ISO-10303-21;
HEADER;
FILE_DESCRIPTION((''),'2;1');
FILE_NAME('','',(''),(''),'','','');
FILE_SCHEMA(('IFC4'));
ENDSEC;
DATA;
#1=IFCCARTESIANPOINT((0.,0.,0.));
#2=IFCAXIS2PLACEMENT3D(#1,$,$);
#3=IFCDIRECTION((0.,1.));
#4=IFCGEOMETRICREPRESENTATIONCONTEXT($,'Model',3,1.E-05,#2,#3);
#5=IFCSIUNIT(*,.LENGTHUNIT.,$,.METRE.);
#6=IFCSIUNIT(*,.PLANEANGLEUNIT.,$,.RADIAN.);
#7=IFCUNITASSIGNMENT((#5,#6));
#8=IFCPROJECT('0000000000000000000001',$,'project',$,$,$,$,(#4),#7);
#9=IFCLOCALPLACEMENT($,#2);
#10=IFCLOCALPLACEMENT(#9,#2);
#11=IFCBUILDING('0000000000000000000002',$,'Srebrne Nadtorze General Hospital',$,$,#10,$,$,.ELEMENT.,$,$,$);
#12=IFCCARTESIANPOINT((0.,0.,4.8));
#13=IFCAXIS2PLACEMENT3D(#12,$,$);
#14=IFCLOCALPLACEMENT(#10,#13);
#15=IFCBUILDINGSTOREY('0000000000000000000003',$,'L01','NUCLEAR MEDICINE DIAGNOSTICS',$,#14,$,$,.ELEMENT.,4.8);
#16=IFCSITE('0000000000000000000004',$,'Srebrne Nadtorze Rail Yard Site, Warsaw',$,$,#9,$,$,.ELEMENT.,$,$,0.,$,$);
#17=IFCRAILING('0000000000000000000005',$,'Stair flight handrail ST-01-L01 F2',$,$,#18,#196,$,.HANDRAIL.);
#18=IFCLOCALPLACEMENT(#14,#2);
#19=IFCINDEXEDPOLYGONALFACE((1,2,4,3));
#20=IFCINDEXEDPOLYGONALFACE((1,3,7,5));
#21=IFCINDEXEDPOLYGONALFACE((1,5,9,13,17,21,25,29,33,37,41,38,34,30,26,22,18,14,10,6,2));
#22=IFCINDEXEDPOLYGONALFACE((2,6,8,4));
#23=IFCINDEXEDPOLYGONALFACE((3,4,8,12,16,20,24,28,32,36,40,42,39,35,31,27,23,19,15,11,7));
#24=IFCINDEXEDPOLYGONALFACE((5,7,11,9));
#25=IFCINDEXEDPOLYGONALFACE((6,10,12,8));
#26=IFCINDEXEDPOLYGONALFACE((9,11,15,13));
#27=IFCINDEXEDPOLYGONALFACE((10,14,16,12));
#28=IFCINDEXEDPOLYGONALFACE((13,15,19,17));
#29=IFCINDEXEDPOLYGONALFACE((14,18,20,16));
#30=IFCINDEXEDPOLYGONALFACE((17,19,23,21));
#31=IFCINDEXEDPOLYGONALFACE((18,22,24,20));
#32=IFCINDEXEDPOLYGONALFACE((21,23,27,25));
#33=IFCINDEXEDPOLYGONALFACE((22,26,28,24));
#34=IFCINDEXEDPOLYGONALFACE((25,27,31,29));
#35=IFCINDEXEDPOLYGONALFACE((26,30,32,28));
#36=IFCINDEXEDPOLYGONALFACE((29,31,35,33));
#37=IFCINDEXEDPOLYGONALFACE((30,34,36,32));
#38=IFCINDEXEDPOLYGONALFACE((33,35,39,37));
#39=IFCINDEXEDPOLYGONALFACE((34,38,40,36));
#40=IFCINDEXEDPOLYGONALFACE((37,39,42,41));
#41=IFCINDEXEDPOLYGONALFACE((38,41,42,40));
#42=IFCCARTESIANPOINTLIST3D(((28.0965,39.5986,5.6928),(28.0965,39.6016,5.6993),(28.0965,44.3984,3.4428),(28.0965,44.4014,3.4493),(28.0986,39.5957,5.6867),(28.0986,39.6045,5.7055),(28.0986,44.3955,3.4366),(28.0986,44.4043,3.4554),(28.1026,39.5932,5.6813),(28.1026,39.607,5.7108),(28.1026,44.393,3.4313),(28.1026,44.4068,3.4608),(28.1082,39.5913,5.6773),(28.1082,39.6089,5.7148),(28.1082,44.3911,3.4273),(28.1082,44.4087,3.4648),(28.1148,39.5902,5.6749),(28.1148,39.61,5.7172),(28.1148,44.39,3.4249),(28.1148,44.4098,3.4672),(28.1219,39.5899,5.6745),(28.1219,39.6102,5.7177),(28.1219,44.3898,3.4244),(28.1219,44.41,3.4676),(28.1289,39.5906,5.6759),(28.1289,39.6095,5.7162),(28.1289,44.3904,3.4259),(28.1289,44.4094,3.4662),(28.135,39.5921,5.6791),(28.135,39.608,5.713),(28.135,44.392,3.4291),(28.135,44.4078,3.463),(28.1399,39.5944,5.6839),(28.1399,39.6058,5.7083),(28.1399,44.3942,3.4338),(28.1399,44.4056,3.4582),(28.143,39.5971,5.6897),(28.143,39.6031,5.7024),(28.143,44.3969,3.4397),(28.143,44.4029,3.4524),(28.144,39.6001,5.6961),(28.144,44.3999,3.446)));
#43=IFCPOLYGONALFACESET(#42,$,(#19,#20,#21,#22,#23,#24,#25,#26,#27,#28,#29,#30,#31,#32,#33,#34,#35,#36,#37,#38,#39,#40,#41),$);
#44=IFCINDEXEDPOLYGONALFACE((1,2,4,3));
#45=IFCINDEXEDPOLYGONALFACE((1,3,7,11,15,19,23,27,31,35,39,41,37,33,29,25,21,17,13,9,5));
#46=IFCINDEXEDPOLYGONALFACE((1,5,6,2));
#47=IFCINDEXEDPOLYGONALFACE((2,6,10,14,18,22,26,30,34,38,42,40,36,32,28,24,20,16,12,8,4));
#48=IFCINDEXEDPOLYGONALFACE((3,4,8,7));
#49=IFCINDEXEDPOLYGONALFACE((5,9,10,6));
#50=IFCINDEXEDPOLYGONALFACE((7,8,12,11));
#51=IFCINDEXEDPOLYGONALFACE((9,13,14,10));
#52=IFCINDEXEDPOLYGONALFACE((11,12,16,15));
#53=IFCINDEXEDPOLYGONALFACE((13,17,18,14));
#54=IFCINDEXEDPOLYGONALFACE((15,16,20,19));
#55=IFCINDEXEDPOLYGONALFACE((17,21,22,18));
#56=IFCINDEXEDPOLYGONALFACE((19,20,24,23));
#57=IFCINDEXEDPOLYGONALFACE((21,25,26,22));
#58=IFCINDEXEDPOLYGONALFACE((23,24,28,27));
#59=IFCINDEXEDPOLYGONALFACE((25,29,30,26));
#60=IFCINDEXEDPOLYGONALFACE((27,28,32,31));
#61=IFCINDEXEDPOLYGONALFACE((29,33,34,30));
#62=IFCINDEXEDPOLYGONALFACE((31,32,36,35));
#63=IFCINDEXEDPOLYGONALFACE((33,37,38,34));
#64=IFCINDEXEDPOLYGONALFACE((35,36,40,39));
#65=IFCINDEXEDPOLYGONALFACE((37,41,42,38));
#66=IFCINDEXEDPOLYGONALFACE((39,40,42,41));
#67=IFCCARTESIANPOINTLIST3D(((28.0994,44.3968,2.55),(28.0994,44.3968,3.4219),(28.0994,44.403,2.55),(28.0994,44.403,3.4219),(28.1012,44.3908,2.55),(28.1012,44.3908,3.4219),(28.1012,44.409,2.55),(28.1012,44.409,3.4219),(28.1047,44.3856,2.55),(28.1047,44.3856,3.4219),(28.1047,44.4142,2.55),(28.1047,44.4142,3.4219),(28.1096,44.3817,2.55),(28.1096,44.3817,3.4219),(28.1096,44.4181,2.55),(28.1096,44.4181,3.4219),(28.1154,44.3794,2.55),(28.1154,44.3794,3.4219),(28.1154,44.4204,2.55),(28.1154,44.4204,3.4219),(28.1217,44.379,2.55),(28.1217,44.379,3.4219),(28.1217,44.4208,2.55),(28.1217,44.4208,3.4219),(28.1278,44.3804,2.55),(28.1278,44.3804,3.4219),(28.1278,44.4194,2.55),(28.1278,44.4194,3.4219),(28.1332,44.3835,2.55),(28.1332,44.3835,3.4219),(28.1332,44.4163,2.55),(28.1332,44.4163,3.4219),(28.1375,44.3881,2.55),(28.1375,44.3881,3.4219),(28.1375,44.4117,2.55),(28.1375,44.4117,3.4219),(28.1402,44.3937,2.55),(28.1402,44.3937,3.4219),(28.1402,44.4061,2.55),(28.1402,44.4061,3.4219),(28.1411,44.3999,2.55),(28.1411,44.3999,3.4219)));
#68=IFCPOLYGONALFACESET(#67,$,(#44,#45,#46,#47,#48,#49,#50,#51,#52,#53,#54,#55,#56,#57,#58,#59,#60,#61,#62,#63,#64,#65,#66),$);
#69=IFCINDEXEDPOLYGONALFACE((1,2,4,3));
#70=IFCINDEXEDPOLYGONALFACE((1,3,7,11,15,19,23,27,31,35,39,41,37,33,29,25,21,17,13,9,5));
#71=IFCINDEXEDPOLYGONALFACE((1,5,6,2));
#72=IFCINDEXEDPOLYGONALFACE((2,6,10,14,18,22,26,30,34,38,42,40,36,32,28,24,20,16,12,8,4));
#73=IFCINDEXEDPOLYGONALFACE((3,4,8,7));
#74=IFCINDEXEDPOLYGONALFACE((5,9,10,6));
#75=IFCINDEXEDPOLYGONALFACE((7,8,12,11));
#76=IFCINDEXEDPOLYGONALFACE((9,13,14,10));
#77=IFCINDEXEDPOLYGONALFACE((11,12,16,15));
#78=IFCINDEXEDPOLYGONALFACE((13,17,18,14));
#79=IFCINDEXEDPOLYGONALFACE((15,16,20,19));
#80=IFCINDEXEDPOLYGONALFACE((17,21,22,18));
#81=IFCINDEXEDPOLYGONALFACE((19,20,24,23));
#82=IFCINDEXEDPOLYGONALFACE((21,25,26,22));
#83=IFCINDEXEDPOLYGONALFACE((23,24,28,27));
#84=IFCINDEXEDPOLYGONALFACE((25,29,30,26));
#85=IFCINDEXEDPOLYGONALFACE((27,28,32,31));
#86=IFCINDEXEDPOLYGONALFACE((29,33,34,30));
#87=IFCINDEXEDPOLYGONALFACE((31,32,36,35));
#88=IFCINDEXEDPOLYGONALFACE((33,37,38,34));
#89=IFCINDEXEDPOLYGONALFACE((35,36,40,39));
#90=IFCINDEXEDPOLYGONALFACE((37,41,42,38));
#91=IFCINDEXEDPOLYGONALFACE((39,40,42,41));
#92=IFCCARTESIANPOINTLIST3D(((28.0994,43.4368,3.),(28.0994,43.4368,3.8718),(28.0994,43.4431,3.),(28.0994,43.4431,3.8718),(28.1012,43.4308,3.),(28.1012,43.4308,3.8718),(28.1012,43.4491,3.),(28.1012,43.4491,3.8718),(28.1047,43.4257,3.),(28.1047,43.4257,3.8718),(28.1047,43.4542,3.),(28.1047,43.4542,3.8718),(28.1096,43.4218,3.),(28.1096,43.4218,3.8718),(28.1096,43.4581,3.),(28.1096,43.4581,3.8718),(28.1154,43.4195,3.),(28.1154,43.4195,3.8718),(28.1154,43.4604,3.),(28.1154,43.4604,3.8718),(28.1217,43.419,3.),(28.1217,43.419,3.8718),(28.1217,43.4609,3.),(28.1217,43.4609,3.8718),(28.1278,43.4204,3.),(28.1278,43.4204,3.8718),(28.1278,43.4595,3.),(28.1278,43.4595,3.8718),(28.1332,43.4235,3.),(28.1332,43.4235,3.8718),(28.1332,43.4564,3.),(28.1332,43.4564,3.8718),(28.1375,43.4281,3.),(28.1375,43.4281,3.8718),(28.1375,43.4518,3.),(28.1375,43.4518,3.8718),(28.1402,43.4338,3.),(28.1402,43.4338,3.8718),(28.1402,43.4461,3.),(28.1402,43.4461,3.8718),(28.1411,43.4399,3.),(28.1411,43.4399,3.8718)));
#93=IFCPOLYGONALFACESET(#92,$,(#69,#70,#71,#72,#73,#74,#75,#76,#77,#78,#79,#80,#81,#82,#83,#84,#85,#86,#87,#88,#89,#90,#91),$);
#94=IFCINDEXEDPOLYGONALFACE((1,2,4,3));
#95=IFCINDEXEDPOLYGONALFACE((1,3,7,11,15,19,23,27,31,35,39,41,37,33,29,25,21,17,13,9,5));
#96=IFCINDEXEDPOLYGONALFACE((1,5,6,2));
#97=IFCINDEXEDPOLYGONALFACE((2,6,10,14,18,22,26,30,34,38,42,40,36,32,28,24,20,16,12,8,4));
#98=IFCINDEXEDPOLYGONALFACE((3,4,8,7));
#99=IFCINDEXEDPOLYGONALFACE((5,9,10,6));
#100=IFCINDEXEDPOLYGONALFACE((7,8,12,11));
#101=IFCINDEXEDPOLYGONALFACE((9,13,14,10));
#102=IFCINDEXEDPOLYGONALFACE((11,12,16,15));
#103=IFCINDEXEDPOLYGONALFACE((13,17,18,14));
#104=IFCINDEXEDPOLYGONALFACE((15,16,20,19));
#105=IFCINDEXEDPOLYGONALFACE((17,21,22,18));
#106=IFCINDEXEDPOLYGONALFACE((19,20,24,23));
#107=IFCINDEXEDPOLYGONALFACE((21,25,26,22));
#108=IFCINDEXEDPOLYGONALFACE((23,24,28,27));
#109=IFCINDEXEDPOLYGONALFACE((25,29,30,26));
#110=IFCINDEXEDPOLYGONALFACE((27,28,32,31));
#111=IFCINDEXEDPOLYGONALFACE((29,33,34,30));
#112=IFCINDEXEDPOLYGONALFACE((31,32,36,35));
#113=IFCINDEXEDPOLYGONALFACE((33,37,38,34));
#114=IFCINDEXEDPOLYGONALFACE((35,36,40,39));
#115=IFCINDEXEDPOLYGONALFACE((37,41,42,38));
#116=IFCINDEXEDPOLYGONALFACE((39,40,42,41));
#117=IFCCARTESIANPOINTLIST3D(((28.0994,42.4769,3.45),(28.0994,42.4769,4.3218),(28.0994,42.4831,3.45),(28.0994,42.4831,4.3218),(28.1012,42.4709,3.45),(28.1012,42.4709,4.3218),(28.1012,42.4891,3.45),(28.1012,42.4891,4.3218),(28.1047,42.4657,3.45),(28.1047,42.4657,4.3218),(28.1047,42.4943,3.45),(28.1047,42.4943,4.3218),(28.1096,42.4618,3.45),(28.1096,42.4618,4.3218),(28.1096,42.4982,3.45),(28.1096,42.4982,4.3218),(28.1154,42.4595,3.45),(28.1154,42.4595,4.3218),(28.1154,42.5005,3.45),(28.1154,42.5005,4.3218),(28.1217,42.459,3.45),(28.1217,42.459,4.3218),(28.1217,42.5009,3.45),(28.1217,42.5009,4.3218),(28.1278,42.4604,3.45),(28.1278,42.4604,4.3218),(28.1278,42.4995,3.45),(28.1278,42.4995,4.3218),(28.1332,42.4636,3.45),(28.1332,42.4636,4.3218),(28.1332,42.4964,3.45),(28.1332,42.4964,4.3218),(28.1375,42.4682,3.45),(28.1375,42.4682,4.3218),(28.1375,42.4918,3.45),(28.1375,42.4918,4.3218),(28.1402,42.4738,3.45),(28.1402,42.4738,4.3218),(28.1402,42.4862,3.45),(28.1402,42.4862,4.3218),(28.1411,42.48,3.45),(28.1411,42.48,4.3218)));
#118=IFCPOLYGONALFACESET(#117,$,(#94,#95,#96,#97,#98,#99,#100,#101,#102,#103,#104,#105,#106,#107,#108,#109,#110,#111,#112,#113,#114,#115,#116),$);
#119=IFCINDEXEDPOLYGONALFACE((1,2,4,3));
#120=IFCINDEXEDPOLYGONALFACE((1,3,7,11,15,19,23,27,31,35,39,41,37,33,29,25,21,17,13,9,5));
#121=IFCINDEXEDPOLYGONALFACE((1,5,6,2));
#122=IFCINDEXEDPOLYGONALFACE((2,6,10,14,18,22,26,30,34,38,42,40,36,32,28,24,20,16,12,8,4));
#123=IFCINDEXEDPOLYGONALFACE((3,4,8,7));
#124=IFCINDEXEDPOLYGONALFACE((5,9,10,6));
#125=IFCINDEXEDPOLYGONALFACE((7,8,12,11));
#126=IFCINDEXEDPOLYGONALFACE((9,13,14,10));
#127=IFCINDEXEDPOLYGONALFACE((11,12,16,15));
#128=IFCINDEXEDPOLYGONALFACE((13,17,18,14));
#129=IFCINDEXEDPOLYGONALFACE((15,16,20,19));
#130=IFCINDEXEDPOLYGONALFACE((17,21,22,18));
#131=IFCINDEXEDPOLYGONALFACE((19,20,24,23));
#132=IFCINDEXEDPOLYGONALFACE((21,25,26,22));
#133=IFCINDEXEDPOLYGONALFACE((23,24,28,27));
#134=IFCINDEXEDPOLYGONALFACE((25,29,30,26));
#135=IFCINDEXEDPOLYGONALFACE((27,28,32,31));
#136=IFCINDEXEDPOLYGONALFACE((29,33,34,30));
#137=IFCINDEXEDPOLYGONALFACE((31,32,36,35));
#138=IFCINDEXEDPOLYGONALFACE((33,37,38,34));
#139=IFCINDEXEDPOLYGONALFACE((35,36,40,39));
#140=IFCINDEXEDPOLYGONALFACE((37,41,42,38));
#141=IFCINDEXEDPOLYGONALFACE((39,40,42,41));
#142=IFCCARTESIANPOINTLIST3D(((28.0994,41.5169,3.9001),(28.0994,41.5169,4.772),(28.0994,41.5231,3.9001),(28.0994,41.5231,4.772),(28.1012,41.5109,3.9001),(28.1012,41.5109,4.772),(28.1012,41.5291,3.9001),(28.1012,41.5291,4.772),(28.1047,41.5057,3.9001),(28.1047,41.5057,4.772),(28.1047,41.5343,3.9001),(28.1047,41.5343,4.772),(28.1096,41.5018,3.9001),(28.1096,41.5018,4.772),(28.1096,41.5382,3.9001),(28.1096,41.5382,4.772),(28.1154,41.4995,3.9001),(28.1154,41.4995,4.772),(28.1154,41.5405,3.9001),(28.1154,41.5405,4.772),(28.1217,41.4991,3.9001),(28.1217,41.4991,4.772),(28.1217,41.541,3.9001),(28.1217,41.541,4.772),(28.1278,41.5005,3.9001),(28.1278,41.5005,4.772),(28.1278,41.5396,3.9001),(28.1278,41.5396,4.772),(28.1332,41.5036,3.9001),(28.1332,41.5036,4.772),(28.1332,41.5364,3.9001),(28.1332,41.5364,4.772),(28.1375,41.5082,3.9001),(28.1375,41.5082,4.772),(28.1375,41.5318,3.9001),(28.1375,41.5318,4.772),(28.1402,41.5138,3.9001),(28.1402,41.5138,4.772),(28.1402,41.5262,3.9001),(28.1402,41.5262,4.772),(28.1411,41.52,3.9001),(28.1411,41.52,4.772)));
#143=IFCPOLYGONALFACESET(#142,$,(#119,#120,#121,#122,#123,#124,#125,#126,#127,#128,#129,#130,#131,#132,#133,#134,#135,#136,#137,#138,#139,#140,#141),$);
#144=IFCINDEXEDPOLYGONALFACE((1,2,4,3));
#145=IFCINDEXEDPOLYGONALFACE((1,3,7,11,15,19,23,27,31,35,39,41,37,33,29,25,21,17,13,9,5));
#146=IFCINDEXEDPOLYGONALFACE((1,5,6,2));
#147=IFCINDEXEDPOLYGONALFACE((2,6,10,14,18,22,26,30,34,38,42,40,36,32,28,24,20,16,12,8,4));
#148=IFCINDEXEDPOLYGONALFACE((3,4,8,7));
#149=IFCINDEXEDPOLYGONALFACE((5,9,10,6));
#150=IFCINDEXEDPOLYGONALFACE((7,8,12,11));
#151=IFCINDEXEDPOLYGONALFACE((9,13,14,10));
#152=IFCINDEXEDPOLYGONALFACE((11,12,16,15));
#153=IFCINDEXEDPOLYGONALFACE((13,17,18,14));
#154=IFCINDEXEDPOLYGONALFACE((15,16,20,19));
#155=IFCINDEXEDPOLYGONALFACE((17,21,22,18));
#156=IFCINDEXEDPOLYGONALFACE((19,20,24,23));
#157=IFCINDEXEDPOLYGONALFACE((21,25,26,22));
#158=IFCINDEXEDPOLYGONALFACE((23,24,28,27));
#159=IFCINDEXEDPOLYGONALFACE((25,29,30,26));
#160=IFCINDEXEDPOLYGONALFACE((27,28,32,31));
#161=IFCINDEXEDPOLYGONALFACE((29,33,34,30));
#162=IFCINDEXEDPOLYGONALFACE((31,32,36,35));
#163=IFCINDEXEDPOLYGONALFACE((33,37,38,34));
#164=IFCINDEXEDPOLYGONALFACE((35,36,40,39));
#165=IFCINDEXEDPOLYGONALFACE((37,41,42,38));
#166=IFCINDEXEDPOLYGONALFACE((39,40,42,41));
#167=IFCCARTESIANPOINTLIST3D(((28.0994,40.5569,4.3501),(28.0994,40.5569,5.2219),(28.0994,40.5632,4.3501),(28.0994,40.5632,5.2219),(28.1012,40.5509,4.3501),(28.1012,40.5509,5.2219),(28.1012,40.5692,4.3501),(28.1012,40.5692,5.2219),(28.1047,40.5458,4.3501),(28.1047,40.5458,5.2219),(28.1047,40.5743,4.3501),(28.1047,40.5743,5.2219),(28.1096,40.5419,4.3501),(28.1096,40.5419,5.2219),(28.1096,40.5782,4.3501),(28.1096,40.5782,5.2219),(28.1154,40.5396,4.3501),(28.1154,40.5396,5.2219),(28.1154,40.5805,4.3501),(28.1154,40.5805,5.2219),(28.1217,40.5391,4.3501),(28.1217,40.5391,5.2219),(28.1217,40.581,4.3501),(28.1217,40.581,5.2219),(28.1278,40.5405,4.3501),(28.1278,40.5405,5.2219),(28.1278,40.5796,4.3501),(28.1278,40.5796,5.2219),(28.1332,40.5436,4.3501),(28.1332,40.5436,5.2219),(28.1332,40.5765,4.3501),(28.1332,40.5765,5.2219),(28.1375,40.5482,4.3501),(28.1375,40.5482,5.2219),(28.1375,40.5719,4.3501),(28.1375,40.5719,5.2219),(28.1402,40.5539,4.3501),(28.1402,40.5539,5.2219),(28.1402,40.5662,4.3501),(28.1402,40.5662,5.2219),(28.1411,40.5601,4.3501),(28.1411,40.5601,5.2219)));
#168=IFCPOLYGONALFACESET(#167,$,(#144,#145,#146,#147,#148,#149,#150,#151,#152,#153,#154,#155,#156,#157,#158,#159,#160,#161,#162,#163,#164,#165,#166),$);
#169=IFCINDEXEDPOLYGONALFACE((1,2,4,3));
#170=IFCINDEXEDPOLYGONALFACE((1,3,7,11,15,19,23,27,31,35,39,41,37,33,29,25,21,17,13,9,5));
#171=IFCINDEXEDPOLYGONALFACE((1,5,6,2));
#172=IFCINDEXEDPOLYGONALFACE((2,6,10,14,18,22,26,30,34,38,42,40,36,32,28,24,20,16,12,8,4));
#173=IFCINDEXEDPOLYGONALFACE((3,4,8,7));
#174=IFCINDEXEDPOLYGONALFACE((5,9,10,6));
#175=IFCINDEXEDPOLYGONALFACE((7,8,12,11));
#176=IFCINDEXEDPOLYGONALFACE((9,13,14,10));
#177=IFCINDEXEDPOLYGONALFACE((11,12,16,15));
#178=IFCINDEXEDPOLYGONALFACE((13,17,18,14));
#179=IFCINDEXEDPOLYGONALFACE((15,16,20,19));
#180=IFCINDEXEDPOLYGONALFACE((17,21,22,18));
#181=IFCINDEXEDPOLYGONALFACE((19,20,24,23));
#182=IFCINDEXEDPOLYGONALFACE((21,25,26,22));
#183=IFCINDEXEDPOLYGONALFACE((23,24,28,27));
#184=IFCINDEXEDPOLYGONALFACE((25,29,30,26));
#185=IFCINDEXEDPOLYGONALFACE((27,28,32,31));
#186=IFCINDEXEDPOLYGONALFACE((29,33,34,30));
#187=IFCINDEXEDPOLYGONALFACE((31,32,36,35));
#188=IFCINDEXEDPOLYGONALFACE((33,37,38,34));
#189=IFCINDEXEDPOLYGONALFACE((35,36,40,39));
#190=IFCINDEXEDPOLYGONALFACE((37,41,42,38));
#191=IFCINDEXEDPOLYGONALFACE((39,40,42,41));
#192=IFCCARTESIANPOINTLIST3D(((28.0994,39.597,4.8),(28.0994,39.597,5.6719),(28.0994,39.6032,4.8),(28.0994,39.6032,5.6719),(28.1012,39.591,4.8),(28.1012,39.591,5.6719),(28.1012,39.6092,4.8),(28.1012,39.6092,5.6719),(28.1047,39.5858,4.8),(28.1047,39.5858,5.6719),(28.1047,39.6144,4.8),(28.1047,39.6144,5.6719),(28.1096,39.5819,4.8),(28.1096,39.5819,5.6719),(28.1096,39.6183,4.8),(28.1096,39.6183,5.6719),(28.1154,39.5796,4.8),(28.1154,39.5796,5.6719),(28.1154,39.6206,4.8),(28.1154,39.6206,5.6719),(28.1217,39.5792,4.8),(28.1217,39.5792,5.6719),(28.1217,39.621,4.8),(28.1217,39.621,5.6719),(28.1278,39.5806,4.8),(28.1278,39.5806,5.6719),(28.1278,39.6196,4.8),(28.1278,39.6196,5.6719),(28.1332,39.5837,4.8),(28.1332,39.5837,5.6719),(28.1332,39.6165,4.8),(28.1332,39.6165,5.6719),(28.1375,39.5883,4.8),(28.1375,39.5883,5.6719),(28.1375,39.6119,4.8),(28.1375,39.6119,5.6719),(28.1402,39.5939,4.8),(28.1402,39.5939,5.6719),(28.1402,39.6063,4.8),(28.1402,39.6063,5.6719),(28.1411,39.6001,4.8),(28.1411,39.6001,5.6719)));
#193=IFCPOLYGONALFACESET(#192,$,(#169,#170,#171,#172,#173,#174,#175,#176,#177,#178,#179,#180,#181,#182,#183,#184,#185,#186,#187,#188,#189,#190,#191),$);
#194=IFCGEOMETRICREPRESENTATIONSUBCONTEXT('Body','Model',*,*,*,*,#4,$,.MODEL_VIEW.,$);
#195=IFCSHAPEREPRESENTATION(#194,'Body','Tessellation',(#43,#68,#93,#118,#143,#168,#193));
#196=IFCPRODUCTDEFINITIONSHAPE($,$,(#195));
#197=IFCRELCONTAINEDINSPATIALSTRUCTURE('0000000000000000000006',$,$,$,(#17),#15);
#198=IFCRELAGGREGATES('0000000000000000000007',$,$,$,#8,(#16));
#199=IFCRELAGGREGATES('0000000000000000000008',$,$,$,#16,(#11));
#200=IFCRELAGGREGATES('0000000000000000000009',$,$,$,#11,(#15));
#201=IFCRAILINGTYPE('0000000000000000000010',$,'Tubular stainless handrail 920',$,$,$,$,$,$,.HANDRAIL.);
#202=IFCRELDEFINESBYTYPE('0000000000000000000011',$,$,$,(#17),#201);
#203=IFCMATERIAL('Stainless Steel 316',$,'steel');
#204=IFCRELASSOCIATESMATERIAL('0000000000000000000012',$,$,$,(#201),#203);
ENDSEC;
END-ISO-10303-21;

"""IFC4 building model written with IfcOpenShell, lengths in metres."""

from ifc_helpers import new_model, si_unit, direction, frame, origin, origin_2d, place, context, subcontext, project, spatial, circle, extrude, material, type_object, element, save


model = new_model("IFC4")

# Units and contexts
model_context = context("Model", 3, precision=1e-05, world=origin(), true_north=direction((0.0, 1.0)))
body_context = subcontext(model_context, "Body", "Model", "MODEL_VIEW")
ifc_project = project(units=[si_unit("LENGTHUNIT", "METRE"), si_unit("PLANEANGLEUNIT", "RADIAN")], contexts=[model_context])

# Site, building, storey
site_placement = place(None, origin())
site = spatial("IfcSite", under=ifc_project, at=site_placement, Name="Srebrne Nadtorze Rail Yard Site, Warsaw", CompositionType="ELEMENT", RefElevation=0.0)
building_placement = place(site_placement, origin())
building = spatial("IfcBuilding", under=site, at=building_placement, Name="Srebrne Nadtorze General Hospital", CompositionType="ELEMENT")
storey_placement = place(building_placement, frame((0.0, 0.0, 4.8)))
storey = spatial("IfcBuildingStorey", under=building, at=storey_placement, Name="L01", Description="NUCLEAR MEDICINE DIAGNOSTICS", CompositionType="ELEMENT", Elevation=4.8)

# Railing
ifc_material_1 = material(Name="Stainless Steel 316", Category="steel")
railing_type_1 = type_object("IfcRailingType", Name="Tubular stainless handrail 920", PredefinedType="HANDRAIL", material=ifc_material_1)
railing_1_placement = place(storey_placement, frame((28.1201, 44.3999, 2.55)))
element("IfcRailing", 1, at=railing_1_placement, inside=storey, type_object=railing_type_1, Name="Stair flight handrail ST-01-L01 F2", PredefinedType="HANDRAIL", context=body_context, shape_type="SweptSolid", body=[
    extrude(circle(Radius=0.0239, at=origin_2d()), frame((0.0, 0.0, 0.896), z_axis=(0.0, -0.905452, 0.424448), x_axis=(1.0, 0.0, 0.0)), (0.0, 0.0, 1.0), 5.301),
    extrude(circle(Radius=0.021, at=origin_2d()), origin(), (0.0, 0.0, 1.0), 0.8718),
    extrude(circle(Radius=0.021, at=origin_2d()), frame((0.0, -0.96, 0.45)), (0.0, 0.0, 1.0), 0.8718),
    extrude(circle(Radius=0.021, at=origin_2d()), frame((0.0, -1.9199, 0.8999)), (0.0, 0.0, 1.0), 0.8718),
    extrude(circle(Radius=0.021, at=origin_2d()), frame((0.0, -2.8799, 1.3501)), (0.0, 0.0, 1.0), 0.8718),
    extrude(circle(Radius=0.021, at=origin_2d()), frame((0.0, -3.8398, 1.8)), (0.0, 0.0, 1.0), 0.8718),
    extrude(circle(Radius=0.021, at=origin_2d()), frame((0.0, -4.7998, 2.25)), (0.0, 0.0, 1.0), 0.8718),
])

save(model, "model.ifc")
